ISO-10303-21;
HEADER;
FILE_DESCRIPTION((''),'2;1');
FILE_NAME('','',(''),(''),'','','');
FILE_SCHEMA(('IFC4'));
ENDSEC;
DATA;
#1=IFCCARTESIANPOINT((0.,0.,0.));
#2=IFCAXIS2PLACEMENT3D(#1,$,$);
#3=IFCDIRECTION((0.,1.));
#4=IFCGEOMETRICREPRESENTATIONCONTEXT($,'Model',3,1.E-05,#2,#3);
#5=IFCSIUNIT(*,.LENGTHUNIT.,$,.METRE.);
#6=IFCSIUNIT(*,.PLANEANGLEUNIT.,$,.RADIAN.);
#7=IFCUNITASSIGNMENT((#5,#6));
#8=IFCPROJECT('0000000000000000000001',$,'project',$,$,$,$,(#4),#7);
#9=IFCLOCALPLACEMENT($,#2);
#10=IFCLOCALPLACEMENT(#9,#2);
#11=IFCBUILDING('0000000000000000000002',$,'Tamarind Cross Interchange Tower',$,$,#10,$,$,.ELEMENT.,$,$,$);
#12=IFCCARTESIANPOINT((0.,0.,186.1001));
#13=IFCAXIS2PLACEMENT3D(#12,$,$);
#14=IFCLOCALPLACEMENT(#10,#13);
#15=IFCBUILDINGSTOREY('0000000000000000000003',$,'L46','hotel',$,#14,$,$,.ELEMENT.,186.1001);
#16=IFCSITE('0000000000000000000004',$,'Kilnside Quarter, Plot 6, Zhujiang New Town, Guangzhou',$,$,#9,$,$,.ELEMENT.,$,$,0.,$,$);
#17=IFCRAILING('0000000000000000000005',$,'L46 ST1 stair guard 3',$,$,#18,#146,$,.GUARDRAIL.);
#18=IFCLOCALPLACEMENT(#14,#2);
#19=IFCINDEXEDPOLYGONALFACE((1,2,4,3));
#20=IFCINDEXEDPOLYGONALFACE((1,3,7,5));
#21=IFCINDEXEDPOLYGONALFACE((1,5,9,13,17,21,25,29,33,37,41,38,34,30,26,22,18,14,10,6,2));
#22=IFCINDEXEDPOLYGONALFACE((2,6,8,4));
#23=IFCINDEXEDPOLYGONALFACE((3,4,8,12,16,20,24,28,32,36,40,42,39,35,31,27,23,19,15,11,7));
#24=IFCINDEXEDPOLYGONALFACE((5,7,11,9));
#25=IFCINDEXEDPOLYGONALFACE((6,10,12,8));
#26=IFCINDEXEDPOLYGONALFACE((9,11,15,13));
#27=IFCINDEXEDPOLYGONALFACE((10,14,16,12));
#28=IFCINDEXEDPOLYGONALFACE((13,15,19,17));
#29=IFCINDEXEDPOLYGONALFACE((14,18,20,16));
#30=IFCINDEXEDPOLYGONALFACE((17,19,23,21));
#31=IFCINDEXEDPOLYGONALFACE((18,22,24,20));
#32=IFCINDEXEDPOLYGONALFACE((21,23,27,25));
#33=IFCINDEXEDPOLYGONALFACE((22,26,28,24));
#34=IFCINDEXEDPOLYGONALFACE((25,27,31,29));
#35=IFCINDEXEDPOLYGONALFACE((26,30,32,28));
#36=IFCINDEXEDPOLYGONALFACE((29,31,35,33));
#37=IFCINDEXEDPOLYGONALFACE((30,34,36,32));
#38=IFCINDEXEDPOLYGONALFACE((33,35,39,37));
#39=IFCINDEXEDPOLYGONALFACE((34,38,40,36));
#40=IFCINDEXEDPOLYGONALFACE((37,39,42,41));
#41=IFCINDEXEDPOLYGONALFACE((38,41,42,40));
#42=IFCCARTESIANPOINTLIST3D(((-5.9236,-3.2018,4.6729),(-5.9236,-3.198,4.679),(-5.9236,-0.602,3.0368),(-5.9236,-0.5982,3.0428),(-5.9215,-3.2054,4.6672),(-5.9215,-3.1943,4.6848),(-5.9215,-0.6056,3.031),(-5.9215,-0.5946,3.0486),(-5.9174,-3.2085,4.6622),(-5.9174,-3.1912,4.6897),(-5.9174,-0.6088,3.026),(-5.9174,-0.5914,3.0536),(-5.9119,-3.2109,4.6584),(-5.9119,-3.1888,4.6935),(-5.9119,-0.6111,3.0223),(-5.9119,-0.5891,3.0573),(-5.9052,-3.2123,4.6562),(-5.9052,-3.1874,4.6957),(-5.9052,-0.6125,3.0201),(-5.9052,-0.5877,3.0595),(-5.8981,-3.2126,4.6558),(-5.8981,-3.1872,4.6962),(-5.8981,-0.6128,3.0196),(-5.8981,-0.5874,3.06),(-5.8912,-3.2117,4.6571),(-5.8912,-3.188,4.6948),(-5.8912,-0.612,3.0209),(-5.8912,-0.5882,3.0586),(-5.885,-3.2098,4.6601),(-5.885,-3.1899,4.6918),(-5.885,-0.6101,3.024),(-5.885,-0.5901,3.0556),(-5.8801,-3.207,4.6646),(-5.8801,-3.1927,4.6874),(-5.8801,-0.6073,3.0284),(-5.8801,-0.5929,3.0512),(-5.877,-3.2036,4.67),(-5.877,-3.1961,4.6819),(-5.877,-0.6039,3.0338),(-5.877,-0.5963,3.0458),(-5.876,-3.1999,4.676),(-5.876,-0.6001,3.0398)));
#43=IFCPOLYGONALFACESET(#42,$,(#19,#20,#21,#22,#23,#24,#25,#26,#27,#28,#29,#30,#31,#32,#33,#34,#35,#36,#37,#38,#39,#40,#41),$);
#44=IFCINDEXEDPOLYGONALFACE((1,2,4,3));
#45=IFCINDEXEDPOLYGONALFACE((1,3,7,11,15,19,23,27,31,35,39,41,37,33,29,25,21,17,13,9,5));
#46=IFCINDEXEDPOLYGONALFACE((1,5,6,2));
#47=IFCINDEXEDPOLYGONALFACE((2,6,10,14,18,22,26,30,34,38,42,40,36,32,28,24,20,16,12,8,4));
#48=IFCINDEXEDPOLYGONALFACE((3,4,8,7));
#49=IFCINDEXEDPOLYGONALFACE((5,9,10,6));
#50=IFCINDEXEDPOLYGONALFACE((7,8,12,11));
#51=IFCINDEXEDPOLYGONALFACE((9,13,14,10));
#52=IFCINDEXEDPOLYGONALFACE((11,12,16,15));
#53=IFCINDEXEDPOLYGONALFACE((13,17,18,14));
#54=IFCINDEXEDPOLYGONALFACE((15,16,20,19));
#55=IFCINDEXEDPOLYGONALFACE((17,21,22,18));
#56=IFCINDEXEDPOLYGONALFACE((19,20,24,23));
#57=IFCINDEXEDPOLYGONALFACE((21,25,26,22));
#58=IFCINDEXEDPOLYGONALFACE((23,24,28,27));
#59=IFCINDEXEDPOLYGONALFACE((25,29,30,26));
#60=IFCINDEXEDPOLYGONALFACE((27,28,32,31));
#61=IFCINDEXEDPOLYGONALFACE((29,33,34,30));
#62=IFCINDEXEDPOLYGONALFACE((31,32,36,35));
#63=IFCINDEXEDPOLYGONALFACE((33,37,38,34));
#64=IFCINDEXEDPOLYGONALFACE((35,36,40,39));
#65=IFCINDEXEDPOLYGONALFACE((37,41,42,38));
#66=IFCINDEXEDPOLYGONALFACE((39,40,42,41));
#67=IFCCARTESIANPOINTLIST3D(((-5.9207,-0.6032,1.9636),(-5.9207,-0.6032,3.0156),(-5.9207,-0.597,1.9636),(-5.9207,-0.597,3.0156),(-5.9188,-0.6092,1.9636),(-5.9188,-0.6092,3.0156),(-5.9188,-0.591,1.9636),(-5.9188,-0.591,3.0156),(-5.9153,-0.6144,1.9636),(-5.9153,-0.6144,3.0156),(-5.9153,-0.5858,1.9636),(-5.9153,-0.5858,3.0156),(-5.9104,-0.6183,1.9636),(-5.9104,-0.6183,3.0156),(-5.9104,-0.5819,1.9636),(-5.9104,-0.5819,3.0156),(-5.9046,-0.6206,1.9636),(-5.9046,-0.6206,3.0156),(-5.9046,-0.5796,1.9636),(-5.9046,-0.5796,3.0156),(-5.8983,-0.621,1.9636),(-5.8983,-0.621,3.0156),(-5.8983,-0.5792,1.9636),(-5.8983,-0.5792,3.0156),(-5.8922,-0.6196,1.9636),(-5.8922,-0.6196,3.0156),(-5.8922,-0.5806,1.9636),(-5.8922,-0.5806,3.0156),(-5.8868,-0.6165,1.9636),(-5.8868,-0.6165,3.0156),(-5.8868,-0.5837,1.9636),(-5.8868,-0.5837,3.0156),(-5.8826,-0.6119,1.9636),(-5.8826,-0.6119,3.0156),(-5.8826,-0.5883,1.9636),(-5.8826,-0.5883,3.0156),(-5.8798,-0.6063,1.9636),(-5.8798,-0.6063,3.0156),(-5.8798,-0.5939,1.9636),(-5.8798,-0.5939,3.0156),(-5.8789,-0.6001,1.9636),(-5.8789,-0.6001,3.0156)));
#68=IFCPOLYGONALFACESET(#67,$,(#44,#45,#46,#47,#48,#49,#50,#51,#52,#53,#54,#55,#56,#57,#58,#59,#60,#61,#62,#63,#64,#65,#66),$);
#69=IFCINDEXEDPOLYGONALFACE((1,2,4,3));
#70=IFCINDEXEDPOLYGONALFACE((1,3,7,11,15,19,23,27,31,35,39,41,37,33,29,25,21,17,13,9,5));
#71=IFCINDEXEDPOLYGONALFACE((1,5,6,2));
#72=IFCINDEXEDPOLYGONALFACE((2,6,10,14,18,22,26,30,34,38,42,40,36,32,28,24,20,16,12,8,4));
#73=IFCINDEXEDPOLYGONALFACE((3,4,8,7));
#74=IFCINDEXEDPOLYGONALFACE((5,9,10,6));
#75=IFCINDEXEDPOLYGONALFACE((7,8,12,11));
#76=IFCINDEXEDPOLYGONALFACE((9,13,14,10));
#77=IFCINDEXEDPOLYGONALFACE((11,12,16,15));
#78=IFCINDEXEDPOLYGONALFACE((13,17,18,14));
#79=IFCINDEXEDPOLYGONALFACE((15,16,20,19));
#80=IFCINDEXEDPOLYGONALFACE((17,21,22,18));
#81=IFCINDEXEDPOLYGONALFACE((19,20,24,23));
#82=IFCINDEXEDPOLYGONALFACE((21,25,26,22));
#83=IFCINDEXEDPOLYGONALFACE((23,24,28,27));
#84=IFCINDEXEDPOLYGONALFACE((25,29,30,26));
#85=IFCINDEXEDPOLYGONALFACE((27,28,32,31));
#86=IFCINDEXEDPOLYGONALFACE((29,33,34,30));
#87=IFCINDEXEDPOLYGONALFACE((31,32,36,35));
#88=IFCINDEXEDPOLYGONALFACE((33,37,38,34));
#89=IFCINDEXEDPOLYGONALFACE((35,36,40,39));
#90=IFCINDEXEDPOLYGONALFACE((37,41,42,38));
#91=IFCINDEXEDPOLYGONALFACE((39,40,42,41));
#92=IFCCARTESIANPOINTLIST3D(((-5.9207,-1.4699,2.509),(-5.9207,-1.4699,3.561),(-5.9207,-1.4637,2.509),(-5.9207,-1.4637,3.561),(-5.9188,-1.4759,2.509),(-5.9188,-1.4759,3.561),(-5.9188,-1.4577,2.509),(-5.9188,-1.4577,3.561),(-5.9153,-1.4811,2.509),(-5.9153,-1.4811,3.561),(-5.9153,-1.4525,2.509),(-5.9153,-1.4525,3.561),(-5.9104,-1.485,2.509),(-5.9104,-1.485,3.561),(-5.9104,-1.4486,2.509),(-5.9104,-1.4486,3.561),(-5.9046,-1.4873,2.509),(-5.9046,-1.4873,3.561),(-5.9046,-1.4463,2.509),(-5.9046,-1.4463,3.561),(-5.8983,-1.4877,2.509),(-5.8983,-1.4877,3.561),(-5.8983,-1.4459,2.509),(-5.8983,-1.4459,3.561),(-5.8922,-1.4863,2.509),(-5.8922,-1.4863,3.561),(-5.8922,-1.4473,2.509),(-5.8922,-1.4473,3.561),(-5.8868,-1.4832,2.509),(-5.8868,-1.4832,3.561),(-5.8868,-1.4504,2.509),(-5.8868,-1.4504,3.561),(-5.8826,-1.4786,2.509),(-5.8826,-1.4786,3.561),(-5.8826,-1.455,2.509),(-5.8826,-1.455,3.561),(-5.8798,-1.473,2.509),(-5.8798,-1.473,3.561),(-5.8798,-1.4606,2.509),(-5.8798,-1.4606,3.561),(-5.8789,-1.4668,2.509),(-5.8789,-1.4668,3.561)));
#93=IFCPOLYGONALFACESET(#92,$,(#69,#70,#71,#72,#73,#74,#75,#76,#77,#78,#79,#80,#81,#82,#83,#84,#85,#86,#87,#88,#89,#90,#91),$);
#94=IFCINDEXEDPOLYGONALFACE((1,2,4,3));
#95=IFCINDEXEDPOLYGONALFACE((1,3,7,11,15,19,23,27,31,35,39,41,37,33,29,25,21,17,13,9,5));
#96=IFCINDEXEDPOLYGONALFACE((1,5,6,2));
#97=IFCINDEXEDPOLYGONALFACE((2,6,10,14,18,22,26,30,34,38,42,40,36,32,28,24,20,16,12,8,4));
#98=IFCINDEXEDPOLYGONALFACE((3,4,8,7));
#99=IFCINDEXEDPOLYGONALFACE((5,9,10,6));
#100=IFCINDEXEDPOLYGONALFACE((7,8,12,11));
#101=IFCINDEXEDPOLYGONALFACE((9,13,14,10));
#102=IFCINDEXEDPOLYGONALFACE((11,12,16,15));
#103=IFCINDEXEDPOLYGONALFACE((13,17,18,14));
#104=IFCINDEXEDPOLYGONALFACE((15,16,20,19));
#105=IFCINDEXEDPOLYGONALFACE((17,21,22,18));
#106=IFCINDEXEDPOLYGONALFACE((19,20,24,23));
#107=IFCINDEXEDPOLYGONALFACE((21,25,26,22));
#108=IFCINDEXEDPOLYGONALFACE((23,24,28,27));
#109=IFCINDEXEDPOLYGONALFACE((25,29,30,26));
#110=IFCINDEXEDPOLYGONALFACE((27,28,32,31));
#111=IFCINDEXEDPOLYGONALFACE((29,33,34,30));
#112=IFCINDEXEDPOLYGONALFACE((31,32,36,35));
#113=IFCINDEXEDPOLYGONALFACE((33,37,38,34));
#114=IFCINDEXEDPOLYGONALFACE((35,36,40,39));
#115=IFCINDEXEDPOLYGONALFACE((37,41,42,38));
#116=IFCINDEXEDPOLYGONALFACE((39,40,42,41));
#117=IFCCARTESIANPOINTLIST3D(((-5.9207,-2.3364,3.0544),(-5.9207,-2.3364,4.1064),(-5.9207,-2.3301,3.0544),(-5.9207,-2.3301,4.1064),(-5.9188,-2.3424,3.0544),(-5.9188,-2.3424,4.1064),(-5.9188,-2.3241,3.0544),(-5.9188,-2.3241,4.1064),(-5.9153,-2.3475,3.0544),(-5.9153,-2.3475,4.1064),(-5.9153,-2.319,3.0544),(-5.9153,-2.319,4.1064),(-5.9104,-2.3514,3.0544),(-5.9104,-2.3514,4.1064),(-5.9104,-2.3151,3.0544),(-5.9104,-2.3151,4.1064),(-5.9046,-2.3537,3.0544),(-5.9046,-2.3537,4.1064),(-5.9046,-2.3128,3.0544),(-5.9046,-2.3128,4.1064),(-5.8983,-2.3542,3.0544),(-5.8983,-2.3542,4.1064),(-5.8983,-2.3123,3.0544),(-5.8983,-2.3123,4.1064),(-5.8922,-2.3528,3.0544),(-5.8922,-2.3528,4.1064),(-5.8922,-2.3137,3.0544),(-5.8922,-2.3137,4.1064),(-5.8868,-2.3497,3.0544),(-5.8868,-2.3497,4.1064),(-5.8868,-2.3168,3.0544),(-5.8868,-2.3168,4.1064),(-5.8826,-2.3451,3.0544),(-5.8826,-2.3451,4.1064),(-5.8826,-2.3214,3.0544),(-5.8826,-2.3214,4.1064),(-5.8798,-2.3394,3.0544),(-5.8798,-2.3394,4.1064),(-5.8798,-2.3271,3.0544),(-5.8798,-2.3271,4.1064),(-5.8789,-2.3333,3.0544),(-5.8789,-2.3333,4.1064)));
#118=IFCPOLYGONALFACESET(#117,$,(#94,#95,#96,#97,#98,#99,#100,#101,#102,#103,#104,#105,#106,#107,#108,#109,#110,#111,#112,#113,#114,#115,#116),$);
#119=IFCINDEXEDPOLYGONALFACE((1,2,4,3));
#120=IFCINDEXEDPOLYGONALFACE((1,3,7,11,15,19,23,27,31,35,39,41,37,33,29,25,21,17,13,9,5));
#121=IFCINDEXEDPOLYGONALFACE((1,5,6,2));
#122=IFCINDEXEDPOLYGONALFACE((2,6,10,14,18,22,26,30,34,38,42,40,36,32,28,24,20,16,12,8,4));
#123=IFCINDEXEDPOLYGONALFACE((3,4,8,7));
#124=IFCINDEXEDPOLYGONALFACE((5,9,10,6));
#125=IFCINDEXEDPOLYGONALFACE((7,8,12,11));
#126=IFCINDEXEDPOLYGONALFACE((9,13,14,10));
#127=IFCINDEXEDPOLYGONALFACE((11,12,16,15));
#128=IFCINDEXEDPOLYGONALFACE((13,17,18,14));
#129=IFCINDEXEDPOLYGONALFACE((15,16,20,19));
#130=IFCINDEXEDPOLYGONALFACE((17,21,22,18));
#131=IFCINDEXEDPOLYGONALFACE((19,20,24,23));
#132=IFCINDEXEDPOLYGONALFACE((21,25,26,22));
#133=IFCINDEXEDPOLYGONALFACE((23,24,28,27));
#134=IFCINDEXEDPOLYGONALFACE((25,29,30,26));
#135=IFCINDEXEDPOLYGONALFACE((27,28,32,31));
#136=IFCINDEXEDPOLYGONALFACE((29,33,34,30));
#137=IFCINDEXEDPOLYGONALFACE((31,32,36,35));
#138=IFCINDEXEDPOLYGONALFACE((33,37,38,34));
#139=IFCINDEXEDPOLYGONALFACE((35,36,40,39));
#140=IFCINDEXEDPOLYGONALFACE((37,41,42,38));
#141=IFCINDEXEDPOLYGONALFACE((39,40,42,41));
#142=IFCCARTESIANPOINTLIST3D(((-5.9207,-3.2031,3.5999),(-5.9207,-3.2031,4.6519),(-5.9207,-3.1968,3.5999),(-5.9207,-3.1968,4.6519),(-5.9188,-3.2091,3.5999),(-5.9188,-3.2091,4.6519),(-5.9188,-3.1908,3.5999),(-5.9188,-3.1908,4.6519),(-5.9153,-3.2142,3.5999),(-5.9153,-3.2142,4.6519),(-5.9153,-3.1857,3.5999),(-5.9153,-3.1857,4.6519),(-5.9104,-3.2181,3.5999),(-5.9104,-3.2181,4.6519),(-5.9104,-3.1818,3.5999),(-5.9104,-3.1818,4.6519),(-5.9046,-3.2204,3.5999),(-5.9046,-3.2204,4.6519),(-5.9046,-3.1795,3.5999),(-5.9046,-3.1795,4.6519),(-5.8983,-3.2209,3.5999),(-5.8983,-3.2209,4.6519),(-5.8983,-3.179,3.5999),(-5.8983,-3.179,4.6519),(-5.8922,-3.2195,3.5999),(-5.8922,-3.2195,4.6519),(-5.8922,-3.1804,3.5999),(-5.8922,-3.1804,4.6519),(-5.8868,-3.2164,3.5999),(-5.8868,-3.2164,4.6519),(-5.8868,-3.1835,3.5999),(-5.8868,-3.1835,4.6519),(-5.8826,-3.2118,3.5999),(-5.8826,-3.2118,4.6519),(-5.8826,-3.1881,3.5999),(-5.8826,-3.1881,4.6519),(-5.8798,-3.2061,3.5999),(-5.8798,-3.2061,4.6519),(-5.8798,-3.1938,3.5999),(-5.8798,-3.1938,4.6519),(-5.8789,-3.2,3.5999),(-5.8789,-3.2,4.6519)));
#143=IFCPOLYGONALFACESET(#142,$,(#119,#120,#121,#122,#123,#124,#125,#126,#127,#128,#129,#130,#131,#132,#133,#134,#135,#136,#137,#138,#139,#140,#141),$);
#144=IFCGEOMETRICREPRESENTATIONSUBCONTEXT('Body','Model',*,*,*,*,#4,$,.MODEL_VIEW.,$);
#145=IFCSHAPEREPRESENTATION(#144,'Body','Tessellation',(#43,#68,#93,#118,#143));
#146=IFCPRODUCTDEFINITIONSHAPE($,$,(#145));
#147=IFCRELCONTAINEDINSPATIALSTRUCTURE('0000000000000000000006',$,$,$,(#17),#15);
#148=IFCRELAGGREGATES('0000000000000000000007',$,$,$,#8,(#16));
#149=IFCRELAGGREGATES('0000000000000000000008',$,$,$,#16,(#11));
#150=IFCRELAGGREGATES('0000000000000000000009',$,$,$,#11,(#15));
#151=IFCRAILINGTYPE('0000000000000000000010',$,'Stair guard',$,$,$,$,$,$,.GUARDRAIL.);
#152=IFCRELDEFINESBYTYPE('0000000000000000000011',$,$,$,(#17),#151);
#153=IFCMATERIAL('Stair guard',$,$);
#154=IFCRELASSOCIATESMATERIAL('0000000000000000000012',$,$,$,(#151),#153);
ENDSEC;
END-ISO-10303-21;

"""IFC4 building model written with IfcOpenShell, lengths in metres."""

from ifc_helpers import new_model, si_unit, direction, frame, origin, origin_2d, place, context, subcontext, project, spatial, circle, extrude, material, type_object, element, save


model = new_model("IFC4")

# Units and contexts
model_context = context("Model", 3, precision=1e-05, world=origin(), true_north=direction((0.0, 1.0)))
body_context = subcontext(model_context, "Body", "Model", "MODEL_VIEW")
ifc_project = project(units=[si_unit("LENGTHUNIT", "METRE"), si_unit("PLANEANGLEUNIT", "RADIAN")], contexts=[model_context])

# Site, building, storey
site_placement = place(None, origin())
site = spatial("IfcSite", under=ifc_project, at=site_placement, Name="Kilnside Quarter, Plot 6, Zhujiang New Town, Guangzhou", CompositionType="ELEMENT", RefElevation=0.0)
building_placement = place(site_placement, origin())
building = spatial("IfcBuilding", under=site, at=building_placement, Name="Tamarind Cross Interchange Tower", CompositionType="ELEMENT")
storey_placement = place(building_placement, frame((0.0, 0.0, 186.1001)))
storey = spatial("IfcBuildingStorey", under=building, at=storey_placement, Name="L46", Description="hotel", CompositionType="ELEMENT", Elevation=186.1001)

# Railing
ifc_material_1 = material(Name="Stair guard")
railing_type_1 = type_object("IfcRailingType", Name="Stair guard", PredefinedType="GUARDRAIL", material=ifc_material_1)
railing_1_placement = place(storey_placement, frame((-5.8999, -0.6001, 1.9636)))
element("IfcRailing", 1, at=railing_1_placement, inside=storey, type_object=railing_type_1, Name="L46 ST1 stair guard 3", PredefinedType="GUARDRAIL", context=body_context, shape_type="SweptSolid", body=[
    extrude(circle(Radius=0.0239, at=origin_2d()), frame((0.0, 0.0, 1.0762), z_axis=(0.0, -0.846338, 0.532647), x_axis=(1.0, 0.0, 0.0)), (0.0, 0.0, 1.0), 3.0718),
    extrude(circle(Radius=0.021, at=origin_2d()), origin(), (0.0, 0.0, 1.0), 1.052),
    extrude(circle(Radius=0.021, at=origin_2d()), frame((0.0, -0.8667, 0.5454)), (0.0, 0.0, 1.0), 1.052),
    extrude(circle(Radius=0.021, at=origin_2d()), frame((0.0, -1.7332, 1.0908)), (0.0, 0.0, 1.0), 1.052),
    extrude(circle(Radius=0.021, at=origin_2d()), frame((0.0, -2.5999, 1.6362)), (0.0, 0.0, 1.0), 1.052),
])

save(model, "model.ifc")
